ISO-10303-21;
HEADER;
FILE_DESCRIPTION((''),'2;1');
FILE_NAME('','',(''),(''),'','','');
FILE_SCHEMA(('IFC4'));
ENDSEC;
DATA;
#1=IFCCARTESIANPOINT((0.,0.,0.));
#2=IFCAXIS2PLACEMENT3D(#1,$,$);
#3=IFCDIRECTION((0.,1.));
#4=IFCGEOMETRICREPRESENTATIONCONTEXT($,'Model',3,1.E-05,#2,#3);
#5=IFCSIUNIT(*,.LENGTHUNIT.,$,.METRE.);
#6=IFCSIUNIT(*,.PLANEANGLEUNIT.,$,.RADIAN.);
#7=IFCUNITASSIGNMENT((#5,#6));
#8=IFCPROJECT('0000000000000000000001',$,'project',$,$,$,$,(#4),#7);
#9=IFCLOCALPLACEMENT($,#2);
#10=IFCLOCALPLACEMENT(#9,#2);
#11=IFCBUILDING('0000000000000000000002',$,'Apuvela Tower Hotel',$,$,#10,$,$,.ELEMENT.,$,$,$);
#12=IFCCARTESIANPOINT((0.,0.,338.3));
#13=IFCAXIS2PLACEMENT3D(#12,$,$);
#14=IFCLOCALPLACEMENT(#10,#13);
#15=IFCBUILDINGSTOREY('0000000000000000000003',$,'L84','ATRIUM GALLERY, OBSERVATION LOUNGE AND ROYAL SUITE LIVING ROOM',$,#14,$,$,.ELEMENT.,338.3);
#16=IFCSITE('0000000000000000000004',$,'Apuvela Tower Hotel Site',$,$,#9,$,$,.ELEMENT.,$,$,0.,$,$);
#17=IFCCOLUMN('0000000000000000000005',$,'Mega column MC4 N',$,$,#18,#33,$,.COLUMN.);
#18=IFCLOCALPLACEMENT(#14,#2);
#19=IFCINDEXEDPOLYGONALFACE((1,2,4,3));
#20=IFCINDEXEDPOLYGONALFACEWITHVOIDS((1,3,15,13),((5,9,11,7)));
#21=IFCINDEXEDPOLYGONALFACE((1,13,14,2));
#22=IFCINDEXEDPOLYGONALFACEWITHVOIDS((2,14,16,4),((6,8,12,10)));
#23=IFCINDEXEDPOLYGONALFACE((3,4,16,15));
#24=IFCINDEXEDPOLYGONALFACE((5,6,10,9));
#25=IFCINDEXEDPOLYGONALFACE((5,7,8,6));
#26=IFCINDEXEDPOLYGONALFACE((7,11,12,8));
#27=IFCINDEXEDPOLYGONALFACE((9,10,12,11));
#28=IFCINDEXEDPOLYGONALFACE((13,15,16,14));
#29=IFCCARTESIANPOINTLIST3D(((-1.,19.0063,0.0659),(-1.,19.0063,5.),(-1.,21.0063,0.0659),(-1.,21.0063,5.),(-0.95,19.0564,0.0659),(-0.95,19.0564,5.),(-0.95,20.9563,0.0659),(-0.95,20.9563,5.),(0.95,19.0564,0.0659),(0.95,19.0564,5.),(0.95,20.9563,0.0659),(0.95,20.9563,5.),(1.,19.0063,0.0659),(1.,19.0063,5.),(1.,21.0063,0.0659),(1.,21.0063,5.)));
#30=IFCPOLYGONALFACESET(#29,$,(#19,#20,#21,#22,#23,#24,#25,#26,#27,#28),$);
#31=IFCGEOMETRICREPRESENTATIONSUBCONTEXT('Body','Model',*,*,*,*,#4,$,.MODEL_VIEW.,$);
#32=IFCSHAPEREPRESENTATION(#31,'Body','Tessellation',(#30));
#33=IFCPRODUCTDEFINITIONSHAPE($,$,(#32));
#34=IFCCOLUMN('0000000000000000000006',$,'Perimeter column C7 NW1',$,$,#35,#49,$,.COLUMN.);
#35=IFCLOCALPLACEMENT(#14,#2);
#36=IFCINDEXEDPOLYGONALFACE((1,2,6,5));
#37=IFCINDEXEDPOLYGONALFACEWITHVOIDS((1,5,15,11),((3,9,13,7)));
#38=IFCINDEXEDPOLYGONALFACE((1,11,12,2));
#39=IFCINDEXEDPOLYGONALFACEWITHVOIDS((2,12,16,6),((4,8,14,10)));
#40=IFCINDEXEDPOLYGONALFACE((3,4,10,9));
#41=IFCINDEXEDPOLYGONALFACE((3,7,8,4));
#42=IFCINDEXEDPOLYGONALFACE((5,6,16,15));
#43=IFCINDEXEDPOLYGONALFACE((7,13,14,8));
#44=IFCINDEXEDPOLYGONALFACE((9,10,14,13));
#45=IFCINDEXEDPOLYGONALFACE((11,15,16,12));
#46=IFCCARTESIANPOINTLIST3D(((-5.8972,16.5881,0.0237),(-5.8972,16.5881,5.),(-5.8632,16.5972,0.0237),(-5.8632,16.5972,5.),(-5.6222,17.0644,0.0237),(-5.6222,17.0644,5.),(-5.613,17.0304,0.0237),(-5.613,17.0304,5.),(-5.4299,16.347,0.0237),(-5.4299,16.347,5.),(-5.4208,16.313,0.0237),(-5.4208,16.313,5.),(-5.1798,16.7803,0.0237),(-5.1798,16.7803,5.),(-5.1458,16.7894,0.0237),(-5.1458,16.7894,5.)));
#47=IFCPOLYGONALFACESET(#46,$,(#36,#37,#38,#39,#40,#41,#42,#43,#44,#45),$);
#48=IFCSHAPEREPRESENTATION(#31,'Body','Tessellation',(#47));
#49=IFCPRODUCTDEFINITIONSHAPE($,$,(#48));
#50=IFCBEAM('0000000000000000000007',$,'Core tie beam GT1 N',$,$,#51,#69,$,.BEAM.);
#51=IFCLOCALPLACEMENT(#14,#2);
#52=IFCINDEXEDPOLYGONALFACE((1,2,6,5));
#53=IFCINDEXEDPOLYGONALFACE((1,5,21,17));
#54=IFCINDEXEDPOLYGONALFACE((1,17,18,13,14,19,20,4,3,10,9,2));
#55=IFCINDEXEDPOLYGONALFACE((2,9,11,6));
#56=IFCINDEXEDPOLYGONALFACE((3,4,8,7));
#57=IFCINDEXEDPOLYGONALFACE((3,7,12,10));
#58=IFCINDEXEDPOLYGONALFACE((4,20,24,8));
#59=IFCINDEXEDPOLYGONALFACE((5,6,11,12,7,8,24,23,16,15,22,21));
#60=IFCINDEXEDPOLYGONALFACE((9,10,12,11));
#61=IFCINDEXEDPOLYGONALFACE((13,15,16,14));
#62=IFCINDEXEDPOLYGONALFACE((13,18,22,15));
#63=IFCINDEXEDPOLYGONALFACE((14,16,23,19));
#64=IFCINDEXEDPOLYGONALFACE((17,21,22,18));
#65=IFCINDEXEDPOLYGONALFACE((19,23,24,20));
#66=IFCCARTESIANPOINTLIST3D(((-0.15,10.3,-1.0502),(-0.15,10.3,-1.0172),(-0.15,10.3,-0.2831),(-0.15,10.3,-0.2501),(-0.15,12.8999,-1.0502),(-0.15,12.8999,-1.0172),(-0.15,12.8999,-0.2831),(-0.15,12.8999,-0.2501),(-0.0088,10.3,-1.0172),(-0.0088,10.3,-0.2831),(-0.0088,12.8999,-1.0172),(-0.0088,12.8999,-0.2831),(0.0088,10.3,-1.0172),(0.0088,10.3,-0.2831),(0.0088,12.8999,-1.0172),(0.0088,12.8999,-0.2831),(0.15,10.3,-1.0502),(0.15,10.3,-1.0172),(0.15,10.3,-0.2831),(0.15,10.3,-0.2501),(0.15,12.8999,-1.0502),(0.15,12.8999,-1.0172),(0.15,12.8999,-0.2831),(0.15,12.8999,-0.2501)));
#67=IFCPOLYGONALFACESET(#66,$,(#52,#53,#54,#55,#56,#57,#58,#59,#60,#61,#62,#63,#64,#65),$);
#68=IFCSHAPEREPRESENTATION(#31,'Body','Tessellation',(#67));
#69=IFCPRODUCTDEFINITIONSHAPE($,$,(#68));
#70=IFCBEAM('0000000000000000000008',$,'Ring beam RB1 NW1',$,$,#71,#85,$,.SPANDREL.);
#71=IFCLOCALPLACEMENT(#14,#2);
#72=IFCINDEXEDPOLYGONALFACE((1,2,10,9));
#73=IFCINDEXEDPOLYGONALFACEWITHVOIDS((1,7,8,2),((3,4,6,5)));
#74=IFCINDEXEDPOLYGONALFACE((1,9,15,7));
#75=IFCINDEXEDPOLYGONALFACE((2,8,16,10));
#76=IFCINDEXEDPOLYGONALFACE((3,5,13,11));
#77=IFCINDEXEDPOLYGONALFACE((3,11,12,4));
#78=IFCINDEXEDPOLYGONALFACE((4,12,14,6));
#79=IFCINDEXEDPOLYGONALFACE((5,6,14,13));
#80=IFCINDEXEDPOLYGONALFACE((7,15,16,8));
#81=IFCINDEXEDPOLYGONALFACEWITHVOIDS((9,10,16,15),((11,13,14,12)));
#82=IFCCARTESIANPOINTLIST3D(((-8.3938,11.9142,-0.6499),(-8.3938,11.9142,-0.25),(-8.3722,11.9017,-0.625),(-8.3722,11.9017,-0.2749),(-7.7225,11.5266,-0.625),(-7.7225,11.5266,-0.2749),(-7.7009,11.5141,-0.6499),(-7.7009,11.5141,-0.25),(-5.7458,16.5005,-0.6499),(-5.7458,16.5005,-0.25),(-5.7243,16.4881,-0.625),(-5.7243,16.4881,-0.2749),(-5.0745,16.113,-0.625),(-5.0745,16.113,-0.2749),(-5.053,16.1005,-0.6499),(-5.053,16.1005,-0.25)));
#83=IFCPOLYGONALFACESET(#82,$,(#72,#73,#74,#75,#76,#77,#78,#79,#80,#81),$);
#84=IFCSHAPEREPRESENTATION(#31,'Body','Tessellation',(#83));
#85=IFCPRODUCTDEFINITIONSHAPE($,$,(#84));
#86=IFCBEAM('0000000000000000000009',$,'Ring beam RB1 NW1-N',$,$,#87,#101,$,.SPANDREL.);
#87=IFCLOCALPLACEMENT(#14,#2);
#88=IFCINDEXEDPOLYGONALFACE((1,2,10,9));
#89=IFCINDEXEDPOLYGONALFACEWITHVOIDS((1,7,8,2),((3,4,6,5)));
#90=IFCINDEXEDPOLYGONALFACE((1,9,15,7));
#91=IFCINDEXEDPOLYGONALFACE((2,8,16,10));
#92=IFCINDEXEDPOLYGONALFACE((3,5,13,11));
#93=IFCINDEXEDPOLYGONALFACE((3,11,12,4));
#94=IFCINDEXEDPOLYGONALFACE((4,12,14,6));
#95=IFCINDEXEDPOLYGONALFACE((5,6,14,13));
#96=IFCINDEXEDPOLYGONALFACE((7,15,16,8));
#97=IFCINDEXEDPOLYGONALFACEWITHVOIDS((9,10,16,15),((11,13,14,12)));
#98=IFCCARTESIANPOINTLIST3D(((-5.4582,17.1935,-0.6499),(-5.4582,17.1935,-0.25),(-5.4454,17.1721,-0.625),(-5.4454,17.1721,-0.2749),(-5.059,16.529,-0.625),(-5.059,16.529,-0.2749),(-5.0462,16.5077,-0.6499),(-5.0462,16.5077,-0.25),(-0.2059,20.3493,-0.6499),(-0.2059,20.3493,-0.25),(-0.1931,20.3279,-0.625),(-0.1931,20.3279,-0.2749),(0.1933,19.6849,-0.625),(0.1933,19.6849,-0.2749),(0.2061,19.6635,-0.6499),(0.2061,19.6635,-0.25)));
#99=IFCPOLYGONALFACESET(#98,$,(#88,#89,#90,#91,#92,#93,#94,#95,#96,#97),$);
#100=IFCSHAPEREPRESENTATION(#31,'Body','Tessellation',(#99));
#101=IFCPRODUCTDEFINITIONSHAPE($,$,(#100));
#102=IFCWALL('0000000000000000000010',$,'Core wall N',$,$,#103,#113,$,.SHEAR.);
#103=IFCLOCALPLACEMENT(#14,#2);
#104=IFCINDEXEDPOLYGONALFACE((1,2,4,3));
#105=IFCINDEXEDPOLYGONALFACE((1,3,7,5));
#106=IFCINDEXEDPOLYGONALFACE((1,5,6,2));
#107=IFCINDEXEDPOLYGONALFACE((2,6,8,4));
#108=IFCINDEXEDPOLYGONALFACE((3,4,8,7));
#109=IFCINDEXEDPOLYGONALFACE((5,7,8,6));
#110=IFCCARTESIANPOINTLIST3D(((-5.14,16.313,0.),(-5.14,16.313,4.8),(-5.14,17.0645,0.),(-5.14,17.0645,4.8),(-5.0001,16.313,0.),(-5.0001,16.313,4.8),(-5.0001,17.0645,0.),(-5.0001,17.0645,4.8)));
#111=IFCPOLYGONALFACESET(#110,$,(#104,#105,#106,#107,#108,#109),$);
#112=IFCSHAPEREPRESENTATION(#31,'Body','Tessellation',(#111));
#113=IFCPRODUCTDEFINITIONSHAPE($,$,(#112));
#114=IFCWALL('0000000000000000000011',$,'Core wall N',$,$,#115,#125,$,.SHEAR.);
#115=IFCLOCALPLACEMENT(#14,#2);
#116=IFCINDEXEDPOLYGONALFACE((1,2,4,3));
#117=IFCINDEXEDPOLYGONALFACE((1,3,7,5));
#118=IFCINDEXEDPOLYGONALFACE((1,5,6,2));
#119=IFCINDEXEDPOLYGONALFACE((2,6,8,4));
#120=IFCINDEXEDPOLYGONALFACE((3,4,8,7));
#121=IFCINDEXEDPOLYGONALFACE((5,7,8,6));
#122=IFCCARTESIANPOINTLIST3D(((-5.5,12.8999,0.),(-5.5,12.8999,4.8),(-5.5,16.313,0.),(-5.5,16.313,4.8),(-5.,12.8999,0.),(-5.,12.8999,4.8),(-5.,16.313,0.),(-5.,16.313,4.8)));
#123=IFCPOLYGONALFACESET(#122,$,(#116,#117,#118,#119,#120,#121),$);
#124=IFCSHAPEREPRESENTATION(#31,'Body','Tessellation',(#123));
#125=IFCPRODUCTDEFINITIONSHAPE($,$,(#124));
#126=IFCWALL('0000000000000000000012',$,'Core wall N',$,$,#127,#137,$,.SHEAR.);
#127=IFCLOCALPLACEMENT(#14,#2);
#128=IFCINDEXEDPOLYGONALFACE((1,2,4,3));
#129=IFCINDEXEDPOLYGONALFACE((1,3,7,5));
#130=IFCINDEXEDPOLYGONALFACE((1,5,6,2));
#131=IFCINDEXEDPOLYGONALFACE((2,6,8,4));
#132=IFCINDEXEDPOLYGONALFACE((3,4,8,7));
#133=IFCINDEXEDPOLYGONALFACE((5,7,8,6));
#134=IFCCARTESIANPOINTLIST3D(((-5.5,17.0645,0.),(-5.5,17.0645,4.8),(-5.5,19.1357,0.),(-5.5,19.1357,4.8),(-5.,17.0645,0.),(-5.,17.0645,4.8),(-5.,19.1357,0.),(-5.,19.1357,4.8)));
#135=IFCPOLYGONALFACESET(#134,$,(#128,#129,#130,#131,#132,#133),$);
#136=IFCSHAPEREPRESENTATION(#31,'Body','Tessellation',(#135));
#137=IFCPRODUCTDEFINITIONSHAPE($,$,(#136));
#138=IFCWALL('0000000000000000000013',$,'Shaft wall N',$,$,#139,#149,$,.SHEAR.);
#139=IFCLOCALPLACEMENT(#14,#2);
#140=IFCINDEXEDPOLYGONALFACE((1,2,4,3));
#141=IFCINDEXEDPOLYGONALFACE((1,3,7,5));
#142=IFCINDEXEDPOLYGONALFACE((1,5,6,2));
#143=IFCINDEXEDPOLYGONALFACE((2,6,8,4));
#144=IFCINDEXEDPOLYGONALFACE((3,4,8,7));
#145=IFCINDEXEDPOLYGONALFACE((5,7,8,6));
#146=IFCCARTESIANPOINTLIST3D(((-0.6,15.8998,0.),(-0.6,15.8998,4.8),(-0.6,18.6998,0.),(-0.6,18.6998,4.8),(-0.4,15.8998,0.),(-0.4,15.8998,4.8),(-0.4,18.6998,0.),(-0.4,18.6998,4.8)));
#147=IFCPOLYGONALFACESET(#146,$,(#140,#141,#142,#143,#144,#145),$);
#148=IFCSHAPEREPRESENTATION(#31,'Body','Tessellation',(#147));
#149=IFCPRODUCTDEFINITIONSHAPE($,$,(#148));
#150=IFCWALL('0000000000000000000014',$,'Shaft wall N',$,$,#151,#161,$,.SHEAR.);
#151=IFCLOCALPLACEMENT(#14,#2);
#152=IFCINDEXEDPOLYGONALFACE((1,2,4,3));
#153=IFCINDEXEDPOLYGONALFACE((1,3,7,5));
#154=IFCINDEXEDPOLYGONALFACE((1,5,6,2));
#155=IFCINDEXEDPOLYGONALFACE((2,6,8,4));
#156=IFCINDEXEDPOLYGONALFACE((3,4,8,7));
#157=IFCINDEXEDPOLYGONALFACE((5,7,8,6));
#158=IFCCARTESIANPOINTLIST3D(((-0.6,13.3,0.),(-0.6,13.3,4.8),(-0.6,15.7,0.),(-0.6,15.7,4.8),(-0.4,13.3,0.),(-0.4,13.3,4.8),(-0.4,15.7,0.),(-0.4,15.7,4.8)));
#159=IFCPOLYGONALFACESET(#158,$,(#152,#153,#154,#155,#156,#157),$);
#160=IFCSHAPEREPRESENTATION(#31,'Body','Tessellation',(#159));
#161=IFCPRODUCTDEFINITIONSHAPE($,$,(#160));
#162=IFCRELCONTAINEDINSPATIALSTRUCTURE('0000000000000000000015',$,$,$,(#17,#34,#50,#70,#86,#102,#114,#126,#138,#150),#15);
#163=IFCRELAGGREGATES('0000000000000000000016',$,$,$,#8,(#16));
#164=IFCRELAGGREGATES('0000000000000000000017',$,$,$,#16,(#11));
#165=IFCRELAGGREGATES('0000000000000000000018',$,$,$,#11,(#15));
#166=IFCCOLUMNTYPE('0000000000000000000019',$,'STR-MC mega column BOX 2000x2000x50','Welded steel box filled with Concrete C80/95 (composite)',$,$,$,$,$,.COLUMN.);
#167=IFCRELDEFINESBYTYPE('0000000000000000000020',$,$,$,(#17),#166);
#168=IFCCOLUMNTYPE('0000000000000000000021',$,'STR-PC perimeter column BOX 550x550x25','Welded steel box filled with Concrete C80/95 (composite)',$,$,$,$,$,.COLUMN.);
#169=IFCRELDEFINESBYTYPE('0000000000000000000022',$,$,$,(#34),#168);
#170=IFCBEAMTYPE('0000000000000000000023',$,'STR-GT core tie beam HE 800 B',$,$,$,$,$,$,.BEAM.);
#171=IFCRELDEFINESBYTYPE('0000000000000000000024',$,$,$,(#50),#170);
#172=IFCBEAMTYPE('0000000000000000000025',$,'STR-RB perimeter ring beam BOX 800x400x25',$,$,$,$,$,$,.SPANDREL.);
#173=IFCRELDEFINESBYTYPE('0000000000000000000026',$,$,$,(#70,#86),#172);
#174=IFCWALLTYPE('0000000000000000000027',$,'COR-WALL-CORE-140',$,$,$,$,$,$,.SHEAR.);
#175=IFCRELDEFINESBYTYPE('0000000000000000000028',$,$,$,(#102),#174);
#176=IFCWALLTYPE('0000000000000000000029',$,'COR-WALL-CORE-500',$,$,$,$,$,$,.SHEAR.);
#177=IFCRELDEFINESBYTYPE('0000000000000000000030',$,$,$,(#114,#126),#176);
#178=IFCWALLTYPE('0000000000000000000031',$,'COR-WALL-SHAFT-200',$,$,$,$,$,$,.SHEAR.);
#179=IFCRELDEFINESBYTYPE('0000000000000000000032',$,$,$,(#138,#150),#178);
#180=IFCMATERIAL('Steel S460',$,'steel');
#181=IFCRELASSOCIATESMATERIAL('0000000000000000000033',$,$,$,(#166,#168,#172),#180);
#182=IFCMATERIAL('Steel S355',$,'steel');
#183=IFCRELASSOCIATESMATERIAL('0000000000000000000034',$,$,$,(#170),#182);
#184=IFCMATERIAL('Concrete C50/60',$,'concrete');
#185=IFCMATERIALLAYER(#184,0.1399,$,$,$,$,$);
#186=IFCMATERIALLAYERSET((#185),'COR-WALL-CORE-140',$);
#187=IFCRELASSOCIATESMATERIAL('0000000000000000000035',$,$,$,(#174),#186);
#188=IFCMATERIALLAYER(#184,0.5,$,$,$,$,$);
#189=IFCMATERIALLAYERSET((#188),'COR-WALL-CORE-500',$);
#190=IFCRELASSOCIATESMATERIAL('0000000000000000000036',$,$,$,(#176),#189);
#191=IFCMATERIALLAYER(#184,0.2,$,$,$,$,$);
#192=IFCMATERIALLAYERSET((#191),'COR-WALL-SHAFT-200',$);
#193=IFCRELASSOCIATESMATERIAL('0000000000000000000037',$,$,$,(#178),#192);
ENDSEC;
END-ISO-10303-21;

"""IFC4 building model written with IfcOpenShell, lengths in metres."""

from ifc_helpers import new_model, si_unit, direction, frame, frame_2d, origin, origin_2d, place, context, subcontext, project, spatial, rectangle, hollow_rectangle, i_section, extrude, boolean, halfspace, material, layer, layer_set, material_profile, profile_set, type_object, element, save


model = new_model("IFC4")

# Units and contexts
model_context = context("Model", 3, precision=1e-05, world=origin(), true_north=direction((0.0, 1.0)))
body_context = subcontext(model_context, "Body", "Model", "MODEL_VIEW")
ifc_project = project(units=[si_unit("LENGTHUNIT", "METRE"), si_unit("PLANEANGLEUNIT", "RADIAN")], contexts=[model_context])

# Site, building, storey
site_placement = place(None, origin())
site = spatial("IfcSite", under=ifc_project, at=site_placement, Name="Apuvela Tower Hotel Site", CompositionType="ELEMENT", RefElevation=0.0)
building_placement = place(site_placement, origin())
building = spatial("IfcBuilding", under=site, at=building_placement, Name="Apuvela Tower Hotel", CompositionType="ELEMENT")
storey_placement = place(building_placement, frame((0.0, 0.0, 338.3)))
storey = spatial("IfcBuildingStorey", under=building, at=storey_placement, Name="L84", Description="ATRIUM GALLERY, OBSERVATION LOUNGE AND ROYAL SUITE LIVING ROOM", CompositionType="ELEMENT", Elevation=338.3)

# Columns
ifc_material_1 = material(Name="Steel S460", Category="steel")
ifc_material_profile_1 = material_profile(ifc_material_1, hollow_rectangle(XDim=2.0, YDim=2.0, WallThickness=0.05, at=origin_2d()), Name="BOX 2000x2000x50")
ifc_material_2 = material(Name="Concrete C80/95", Category="concrete")
ifc_material_profile_2 = material_profile(ifc_material_2, rectangle(XDim=1.8999, YDim=1.8999, at=origin_2d()), Name="Concrete C80/95 infill")
ifc_profile_set_1 = profile_set([ifc_material_profile_1, ifc_material_profile_2], Name="Steel S460")
column_type_1 = type_object("IfcColumnType", Name="STR-MC mega column BOX 2000x2000x50", Description="Welded steel box filled with Concrete C80/95 (composite)", PredefinedType="COLUMN", material=ifc_profile_set_1)
column_1_placement = place(storey_placement, frame((0.0, 20.0063, 0.0), z_axis=(0.0, 0.0, 1.0), x_axis=(1.0, 0.0, 0.0)))
element("IfcColumn", 1, at=column_1_placement, inside=storey, type_object=column_type_1, Name="Mega column MC4 N", PredefinedType="COLUMN", context=body_context, shape_type="SweptSolid", body=[
    boolean("DIFFERENCE", extrude(hollow_rectangle(XDim=2.0, YDim=2.0, WallThickness=0.05, at=origin_2d()), origin(), (0.0, 0.0, 1.0), 5.0), halfspace(frame((0.0, 0.0, 0.0659), z_axis=(0.0, 0.0, 1.0), x_axis=(1.0, 0.0, 0.0)), True)),
])
ifc_material_profile_3 = material_profile(ifc_material_1, hollow_rectangle(XDim=0.55, YDim=0.55, WallThickness=0.0249, at=origin_2d()), Name="BOX 550x550x25")
ifc_material_profile_4 = material_profile(ifc_material_2, rectangle(XDim=0.5, YDim=0.5, at=origin_2d()), Name="Concrete C80/95 infill")
ifc_profile_set_2 = profile_set([ifc_material_profile_3, ifc_material_profile_4], Name="Steel S460")
column_type_2 = type_object("IfcColumnType", Name="STR-PC perimeter column BOX 550x550x25", Description="Welded steel box filled with Concrete C80/95 (composite)", PredefinedType="COLUMN", material=ifc_profile_set_2)
column_2_placement = place(storey_placement, frame((-5.5215, 16.6887, 0.0), z_axis=(0.0, 0.0, 1.0), x_axis=(0.5, 0.866025, 0.0)))
element("IfcColumn", 2, at=column_2_placement, inside=storey, type_object=column_type_2, Name="Perimeter column C7 NW1", PredefinedType="COLUMN", context=body_context, shape_type="SweptSolid", body=[
    boolean("DIFFERENCE", extrude(hollow_rectangle(XDim=0.55, YDim=0.55, WallThickness=0.0249, at=origin_2d()), origin(), (0.0, 0.0, 1.0), 5.0), halfspace(frame((0.0, 0.0, 0.0237), z_axis=(0.0, 0.0, 1.0), x_axis=(1.0, 0.0, 0.0)), True)),
])

# Beams
ifc_material_3 = material(Name="Steel S355", Category="steel")
ifc_material_profile_5 = material_profile(ifc_material_3, i_section(OverallWidth=0.3, OverallDepth=0.8, WebThickness=0.0176, FlangeThickness=0.033, at=origin_2d()), Name="HE 800 B")
ifc_profile_set_3 = profile_set([ifc_material_profile_5], Name="Steel S355")
beam_type_1 = type_object("IfcBeamType", Name="STR-GT core tie beam HE 800 B", PredefinedType="BEAM", material=ifc_profile_set_3)
beam_1_placement = place(storey_placement, frame((0.0, 12.8999, -0.6501), z_axis=(0.0, -1.0, 0.0), x_axis=(1.0, 0.0, 0.0)))
element("IfcBeam", 3, at=beam_1_placement, inside=storey, type_object=beam_type_1, Name="Core tie beam GT1 N", PredefinedType="BEAM", context=body_context, shape_type="SweptSolid", body=[
    extrude(i_section(OverallWidth=0.3, OverallDepth=0.8, WebThickness=0.0176, FlangeThickness=0.033, at=origin_2d()), origin(), (0.0, 0.0, 1.0), 2.5999),
])
ifc_material_profile_6 = material_profile(ifc_material_1, hollow_rectangle(XDim=0.8, YDim=0.3999, WallThickness=0.0249, at=origin_2d()), Name="BOX 800x400x25")
ifc_profile_set_4 = profile_set([ifc_material_profile_6], Name="Steel S460")
beam_type_2 = type_object("IfcBeamType", Name="STR-RB perimeter ring beam BOX 800x400x25", PredefinedType="SPANDREL", material=ifc_profile_set_4)
beam_2_placement = place(storey_placement, frame((-5.3994, 16.3005, -0.45), z_axis=(-0.499996, -0.866027, 0.0), x_axis=(0.866027, -0.499996, 0.0)))
element("IfcBeam", 4, at=beam_2_placement, inside=storey, type_object=beam_type_2, Name="Ring beam RB1 NW1", PredefinedType="SPANDREL", context=body_context, shape_type="SweptSolid", body=[
    extrude(hollow_rectangle(XDim=0.8, YDim=0.3999, WallThickness=0.0249, at=origin_2d()), origin(), (0.0, 0.0, 1.0), 5.2959),
])
beam_3_placement = place(storey_placement, frame((-5.2522, 16.8506, -0.45), z_axis=(0.857173, 0.515029, 0.0), x_axis=(-0.515029, 0.857173, 0.0)))
element("IfcBeam", 5, at=beam_3_placement, inside=storey, type_object=beam_type_2, Name="Ring beam RB1 NW1-N", PredefinedType="SPANDREL", context=body_context, shape_type="SweptSolid", body=[
    extrude(hollow_rectangle(XDim=0.8, YDim=0.3999, WallThickness=0.0249, at=origin_2d()), origin(), (0.0, 0.0, 1.0), 6.1274),
])

# Walls
ifc_material_4 = material(Name="Concrete C50/60", Category="concrete")
ifc_layer_1 = layer(ifc_material_4, 0.1399)
ifc_layer_set_1 = layer_set([ifc_layer_1], Name="COR-WALL-CORE-140")
wall_type_1 = type_object("IfcWallType", Name="COR-WALL-CORE-140", PredefinedType="SHEAR", material=ifc_layer_set_1)
wall_1_placement = place(storey_placement, frame((-5.0701, 16.313, 0.0), z_axis=(0.0, 0.0, 1.0), x_axis=(0.0, 1.0, 0.0)))
element("IfcWall", 6, at=wall_1_placement, inside=storey, type_object=wall_type_1, Name="Core wall N", PredefinedType="SHEAR", context=body_context, shape_type="SweptSolid", body=[
    extrude(rectangle(XDim=0.7515, YDim=0.1399, at=frame_2d((0.3757, 0.0))), origin(), (0.0, 0.0, 1.0), 4.8),
])
ifc_layer_2 = layer(ifc_material_4, 0.5)
ifc_layer_set_2 = layer_set([ifc_layer_2], Name="COR-WALL-CORE-500")
wall_type_2 = type_object("IfcWallType", Name="COR-WALL-CORE-500", PredefinedType="SHEAR", material=ifc_layer_set_2)
wall_2_placement = place(storey_placement, frame((-5.25, 12.8999, 0.0), z_axis=(0.0, 0.0, 1.0), x_axis=(0.0, 1.0, 0.0)))
element("IfcWall", 7, at=wall_2_placement, inside=storey, type_object=wall_type_2, Name="Core wall N", PredefinedType="SHEAR", context=body_context, shape_type="SweptSolid", body=[
    extrude(rectangle(XDim=3.4131, YDim=0.5, at=frame_2d((1.7065, 0.0))), origin(), (0.0, 0.0, 1.0), 4.8),
])
wall_3_placement = place(storey_placement, frame((-5.25, 17.0645, 0.0), z_axis=(0.0, 0.0, 1.0), x_axis=(0.0, 1.0, 0.0)))
element("IfcWall", 8, at=wall_3_placement, inside=storey, type_object=wall_type_2, Name="Core wall N", PredefinedType="SHEAR", context=body_context, shape_type="SweptSolid", body=[
    extrude(rectangle(XDim=2.0713, YDim=0.5, at=frame_2d((1.0356, 0.0))), origin(), (0.0, 0.0, 1.0), 4.8),
])
ifc_layer_3 = layer(ifc_material_4, 0.2)
ifc_layer_set_3 = layer_set([ifc_layer_3], Name="COR-WALL-SHAFT-200")
wall_type_3 = type_object("IfcWallType", Name="COR-WALL-SHAFT-200", PredefinedType="SHEAR", material=ifc_layer_set_3)
wall_4_placement = place(storey_placement, frame((-0.5, 15.8999, 0.0), z_axis=(0.0, 0.0, 1.0), x_axis=(0.0, 1.0, 0.0)))
element("IfcWall", 9, at=wall_4_placement, inside=storey, type_object=wall_type_3, Name="Shaft wall N", PredefinedType="SHEAR", context=body_context, shape_type="SweptSolid", body=[
    extrude(rectangle(XDim=2.8, YDim=0.2, at=frame_2d((1.3999, 0.0))), origin(), (0.0, 0.0, 1.0), 4.8),
])
wall_5_placement = place(storey_placement, frame((-0.5, 13.3, 0.0), z_axis=(0.0, 0.0, 1.0), x_axis=(0.0, 1.0, 0.0)))
element("IfcWall", 10, at=wall_5_placement, inside=storey, type_object=wall_type_3, Name="Shaft wall N", PredefinedType="SHEAR", context=body_context, shape_type="SweptSolid", body=[
    extrude(rectangle(XDim=2.3999, YDim=0.2, at=frame_2d((1.2, 0.0))), origin(), (0.0, 0.0, 1.0), 4.8),
])

save(model, "model.ifc")
